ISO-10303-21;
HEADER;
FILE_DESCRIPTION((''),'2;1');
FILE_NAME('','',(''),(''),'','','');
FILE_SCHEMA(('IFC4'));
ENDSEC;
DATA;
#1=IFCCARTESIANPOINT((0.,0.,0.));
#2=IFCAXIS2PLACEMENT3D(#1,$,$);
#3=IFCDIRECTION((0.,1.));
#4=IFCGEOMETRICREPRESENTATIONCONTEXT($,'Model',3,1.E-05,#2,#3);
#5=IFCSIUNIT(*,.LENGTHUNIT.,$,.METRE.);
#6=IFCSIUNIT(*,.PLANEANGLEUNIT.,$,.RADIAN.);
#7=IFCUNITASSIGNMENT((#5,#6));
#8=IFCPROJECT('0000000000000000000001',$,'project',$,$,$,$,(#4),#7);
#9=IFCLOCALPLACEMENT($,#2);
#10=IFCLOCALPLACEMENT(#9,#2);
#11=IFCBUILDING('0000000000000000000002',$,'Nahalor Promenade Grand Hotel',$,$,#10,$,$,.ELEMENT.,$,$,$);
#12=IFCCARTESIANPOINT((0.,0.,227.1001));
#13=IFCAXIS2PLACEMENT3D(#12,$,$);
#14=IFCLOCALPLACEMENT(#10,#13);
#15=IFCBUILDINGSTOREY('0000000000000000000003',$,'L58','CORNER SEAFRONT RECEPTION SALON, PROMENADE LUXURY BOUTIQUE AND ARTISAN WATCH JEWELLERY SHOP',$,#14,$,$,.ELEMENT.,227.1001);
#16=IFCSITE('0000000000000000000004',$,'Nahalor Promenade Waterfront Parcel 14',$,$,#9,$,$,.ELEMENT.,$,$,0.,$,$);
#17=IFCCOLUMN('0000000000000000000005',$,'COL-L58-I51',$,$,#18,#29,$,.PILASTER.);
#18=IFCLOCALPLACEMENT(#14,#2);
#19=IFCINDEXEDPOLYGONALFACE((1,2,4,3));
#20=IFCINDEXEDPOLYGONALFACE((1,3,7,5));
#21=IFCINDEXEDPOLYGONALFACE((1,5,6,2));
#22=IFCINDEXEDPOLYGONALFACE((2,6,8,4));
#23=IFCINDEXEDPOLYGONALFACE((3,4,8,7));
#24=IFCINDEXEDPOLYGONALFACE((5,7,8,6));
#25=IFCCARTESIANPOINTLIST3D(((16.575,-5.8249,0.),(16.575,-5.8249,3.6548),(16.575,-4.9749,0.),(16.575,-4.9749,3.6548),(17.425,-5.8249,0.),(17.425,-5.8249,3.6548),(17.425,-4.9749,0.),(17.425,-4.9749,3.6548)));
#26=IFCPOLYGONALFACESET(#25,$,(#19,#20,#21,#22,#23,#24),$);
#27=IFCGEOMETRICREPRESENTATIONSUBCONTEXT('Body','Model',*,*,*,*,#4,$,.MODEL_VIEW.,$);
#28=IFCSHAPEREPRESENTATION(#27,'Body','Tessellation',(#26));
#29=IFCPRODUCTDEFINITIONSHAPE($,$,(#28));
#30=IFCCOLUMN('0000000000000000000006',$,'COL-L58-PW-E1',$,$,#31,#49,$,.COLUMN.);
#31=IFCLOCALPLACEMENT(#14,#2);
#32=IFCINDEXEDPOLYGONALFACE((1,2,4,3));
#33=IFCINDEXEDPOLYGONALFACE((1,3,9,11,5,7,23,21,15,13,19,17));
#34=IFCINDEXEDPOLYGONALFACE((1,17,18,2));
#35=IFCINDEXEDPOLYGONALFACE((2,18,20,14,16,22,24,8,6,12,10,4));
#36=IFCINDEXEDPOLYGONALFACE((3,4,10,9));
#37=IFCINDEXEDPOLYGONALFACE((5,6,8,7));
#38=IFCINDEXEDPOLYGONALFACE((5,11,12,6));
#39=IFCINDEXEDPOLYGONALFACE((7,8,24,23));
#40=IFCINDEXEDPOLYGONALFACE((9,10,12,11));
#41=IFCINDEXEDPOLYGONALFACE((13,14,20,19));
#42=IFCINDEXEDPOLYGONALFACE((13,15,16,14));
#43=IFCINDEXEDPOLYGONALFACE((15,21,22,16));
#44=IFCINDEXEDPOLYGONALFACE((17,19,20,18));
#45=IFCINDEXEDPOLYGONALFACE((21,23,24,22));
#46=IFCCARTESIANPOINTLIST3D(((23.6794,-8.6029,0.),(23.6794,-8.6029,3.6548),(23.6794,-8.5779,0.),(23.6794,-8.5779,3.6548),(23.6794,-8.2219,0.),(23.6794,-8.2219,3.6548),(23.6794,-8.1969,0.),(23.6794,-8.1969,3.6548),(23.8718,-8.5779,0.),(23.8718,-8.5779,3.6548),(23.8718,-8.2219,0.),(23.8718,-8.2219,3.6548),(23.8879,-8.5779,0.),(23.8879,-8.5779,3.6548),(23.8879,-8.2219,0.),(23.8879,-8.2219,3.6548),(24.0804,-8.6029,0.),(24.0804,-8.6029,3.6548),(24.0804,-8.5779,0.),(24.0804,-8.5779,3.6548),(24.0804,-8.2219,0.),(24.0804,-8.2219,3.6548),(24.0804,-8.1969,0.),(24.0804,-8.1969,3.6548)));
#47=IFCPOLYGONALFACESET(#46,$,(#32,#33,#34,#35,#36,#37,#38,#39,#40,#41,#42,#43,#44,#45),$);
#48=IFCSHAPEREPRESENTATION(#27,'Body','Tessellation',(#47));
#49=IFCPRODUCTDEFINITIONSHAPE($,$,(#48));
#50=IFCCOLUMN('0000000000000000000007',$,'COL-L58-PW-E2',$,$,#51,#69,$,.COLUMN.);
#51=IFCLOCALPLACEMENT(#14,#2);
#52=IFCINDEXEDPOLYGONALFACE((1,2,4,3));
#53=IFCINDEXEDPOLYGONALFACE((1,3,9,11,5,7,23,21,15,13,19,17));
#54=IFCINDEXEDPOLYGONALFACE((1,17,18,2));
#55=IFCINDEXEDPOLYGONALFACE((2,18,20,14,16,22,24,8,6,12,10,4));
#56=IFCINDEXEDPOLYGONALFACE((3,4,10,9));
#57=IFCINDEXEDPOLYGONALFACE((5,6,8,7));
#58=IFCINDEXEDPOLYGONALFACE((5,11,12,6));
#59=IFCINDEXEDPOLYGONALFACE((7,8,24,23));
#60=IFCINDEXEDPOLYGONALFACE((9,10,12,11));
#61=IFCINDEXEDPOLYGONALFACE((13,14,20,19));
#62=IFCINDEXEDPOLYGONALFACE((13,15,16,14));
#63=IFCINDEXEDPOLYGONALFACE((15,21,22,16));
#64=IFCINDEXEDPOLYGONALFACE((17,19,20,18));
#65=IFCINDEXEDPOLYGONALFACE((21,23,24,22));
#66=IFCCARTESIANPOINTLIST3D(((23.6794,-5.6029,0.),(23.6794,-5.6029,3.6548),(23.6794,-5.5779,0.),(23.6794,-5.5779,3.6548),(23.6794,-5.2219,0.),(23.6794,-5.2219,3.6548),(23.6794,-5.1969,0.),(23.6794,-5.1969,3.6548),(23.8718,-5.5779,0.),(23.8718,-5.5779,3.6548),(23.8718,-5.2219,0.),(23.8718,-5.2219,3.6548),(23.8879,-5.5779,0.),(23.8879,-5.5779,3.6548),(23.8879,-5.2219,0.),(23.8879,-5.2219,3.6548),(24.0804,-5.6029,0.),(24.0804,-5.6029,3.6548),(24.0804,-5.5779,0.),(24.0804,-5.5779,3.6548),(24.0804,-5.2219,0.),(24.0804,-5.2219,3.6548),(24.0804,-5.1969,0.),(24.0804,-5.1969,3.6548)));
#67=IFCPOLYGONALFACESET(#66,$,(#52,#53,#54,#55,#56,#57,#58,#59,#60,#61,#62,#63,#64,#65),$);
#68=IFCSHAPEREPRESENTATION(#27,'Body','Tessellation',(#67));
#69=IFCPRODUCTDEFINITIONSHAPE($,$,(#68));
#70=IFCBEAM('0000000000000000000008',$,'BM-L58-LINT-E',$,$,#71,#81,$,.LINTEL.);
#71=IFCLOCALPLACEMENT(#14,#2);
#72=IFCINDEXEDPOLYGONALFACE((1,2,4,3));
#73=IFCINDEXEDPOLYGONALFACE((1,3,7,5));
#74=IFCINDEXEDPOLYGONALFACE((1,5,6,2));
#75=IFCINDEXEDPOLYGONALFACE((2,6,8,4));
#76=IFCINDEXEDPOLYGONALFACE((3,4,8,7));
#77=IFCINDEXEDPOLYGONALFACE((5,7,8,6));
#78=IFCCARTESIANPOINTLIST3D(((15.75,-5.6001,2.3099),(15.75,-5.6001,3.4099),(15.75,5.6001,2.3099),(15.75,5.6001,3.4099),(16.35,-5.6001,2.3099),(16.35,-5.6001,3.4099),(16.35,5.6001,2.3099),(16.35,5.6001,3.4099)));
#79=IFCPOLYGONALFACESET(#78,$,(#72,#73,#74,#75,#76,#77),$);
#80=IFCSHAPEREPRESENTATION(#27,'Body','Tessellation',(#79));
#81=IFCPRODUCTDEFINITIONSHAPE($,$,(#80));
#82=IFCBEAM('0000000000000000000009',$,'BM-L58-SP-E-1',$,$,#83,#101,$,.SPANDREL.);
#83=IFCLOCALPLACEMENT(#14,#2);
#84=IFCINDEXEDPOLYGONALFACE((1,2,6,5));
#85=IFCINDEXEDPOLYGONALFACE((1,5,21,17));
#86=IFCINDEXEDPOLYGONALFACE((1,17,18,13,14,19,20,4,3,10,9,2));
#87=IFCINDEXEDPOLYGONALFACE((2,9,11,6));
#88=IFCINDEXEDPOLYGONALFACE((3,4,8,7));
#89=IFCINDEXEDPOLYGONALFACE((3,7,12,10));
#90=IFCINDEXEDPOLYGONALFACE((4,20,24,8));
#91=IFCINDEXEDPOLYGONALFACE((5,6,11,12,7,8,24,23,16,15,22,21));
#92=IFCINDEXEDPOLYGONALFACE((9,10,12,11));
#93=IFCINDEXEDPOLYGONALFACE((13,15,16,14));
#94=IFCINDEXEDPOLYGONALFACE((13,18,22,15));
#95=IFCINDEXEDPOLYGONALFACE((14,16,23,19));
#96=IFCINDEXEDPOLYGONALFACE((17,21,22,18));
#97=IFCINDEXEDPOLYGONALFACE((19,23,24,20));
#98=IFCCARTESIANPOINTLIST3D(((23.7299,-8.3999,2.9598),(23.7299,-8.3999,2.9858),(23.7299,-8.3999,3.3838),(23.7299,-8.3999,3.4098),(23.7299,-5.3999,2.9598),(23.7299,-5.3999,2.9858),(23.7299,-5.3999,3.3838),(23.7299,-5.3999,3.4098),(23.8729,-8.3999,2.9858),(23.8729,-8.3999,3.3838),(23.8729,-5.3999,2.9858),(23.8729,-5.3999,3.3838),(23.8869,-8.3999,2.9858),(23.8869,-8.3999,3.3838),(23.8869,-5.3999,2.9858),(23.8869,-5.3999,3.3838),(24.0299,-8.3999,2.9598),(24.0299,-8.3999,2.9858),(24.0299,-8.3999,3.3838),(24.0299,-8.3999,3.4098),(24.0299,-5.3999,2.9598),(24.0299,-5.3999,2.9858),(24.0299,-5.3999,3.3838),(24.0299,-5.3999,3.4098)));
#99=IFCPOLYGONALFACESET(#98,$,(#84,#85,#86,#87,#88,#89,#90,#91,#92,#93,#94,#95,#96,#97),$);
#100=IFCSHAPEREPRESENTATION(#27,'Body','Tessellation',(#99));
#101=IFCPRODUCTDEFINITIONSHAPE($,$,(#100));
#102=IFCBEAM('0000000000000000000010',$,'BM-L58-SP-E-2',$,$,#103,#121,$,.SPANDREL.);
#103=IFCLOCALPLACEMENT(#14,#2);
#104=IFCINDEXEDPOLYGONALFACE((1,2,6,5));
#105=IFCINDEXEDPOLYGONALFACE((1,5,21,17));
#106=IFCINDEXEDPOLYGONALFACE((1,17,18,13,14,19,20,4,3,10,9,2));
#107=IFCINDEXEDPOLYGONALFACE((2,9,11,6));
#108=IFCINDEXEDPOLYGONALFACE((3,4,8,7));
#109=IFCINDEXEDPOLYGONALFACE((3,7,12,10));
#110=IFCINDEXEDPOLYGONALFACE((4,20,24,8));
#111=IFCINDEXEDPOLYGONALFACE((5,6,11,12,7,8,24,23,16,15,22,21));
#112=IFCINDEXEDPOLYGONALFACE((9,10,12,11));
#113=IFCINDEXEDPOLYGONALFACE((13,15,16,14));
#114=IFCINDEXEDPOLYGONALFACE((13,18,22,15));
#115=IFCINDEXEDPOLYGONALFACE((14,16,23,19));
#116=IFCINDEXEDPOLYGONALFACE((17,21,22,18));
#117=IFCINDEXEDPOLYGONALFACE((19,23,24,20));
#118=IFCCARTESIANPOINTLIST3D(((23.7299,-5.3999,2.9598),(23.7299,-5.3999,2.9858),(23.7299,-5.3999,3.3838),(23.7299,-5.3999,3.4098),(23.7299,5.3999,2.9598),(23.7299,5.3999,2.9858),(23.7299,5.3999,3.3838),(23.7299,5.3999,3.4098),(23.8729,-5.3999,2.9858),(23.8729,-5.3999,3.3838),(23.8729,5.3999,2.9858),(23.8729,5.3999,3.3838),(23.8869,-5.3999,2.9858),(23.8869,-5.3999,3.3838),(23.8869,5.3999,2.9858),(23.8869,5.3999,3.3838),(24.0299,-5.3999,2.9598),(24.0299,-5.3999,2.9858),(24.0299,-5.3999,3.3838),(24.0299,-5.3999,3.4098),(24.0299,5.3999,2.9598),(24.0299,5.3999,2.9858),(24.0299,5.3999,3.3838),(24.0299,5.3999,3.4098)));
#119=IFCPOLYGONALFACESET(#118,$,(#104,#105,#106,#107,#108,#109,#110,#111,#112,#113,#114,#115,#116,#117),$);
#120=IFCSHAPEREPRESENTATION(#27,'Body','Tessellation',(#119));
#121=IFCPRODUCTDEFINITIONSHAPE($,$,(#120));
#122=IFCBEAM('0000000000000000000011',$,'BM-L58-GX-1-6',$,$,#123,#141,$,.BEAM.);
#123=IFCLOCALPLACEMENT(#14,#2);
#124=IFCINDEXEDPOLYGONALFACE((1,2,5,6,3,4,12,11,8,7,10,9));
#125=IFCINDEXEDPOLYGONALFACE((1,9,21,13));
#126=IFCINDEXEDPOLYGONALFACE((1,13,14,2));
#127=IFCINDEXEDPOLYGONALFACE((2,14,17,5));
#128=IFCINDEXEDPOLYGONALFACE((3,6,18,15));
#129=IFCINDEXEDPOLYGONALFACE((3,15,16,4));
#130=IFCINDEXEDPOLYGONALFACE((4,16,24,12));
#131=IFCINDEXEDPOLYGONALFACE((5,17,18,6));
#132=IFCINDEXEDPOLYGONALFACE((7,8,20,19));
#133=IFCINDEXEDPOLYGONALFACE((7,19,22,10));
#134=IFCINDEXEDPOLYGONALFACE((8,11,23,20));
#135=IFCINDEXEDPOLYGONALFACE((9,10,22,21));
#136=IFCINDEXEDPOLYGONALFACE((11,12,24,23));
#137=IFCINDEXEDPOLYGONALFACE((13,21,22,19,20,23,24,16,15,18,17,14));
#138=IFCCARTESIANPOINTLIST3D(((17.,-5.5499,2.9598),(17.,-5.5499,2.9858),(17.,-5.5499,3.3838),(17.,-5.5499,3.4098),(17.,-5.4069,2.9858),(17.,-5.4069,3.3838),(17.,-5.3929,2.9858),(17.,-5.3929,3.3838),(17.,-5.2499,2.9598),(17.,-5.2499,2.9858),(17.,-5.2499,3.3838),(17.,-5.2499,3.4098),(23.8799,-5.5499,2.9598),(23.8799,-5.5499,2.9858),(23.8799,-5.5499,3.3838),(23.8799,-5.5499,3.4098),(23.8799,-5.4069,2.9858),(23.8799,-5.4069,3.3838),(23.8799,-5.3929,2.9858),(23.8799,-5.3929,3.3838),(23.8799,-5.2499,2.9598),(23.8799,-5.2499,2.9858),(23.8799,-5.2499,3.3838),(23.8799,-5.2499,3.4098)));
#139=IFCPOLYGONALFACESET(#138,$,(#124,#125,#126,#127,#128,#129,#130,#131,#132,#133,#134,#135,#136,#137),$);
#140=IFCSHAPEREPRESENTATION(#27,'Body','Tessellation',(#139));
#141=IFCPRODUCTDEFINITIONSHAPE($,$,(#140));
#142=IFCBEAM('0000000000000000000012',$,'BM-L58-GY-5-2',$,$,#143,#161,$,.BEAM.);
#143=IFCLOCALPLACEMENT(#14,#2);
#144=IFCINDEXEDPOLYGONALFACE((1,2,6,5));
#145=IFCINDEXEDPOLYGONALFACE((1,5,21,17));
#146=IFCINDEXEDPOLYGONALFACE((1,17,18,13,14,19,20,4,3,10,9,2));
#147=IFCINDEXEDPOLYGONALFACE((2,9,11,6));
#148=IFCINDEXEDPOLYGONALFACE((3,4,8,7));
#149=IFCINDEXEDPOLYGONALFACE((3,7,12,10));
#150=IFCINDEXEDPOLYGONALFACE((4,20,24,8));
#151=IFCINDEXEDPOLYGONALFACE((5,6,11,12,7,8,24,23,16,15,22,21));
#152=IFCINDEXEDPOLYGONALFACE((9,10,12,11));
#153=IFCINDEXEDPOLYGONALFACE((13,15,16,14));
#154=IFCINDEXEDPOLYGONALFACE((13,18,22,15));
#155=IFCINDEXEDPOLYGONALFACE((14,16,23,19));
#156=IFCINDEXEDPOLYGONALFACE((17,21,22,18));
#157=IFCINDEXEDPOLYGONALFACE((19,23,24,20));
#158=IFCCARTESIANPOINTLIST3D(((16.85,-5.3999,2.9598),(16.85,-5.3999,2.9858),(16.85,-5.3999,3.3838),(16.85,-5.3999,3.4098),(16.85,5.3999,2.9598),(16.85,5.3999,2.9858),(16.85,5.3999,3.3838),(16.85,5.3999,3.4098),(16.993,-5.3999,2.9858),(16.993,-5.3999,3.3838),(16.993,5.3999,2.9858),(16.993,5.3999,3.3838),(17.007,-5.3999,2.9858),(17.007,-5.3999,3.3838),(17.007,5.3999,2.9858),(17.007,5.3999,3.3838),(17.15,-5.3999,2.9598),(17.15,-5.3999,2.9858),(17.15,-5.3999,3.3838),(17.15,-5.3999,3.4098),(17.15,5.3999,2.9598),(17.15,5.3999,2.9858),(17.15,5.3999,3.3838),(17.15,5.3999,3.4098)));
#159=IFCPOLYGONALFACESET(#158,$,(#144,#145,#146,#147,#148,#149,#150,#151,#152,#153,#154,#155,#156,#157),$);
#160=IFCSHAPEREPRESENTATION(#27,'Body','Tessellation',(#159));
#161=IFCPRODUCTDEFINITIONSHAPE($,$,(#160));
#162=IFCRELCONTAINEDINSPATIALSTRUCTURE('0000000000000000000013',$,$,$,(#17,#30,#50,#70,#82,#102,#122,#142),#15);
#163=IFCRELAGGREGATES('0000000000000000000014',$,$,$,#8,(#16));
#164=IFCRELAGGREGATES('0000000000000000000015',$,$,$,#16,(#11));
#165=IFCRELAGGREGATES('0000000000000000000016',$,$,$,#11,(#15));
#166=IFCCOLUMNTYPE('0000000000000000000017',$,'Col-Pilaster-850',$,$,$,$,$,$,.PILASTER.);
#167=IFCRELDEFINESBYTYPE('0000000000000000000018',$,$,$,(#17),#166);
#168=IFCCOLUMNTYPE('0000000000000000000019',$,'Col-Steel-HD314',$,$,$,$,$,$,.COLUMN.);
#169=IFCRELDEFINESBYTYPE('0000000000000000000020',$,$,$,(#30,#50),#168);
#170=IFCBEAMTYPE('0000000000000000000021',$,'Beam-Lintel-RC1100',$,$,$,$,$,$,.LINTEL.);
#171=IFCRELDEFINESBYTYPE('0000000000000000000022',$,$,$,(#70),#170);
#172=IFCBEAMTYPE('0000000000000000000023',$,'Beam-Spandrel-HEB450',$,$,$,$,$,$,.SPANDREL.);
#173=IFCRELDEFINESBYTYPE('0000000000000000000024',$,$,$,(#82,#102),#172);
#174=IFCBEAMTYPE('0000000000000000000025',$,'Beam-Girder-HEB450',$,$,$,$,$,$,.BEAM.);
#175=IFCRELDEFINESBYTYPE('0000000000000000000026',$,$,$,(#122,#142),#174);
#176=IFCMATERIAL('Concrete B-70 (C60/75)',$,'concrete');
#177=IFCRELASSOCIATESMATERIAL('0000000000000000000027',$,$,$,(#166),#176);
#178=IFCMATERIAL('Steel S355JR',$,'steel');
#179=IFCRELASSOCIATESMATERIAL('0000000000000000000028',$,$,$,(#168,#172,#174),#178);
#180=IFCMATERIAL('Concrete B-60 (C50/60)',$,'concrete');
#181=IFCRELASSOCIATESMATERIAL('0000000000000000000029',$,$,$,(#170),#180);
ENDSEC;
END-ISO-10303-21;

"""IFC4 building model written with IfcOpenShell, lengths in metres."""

from ifc_helpers import new_model, si_unit, direction, frame, origin, origin_2d, place, context, subcontext, project, spatial, rectangle, i_section, extrude, source, transform, mapped, material, material_profile, profile_set, type_object, element, save


model = new_model("IFC4")

# Units and contexts
model_context = context("Model", 3, precision=1e-05, world=origin(), true_north=direction((0.0, 1.0)))
body_context = subcontext(model_context, "Body", "Model", "MODEL_VIEW")
ifc_project = project(units=[si_unit("LENGTHUNIT", "METRE"), si_unit("PLANEANGLEUNIT", "RADIAN")], contexts=[model_context])

# Site, building, storey
site_placement = place(None, origin())
site = spatial("IfcSite", under=ifc_project, at=site_placement, Name="Nahalor Promenade Waterfront Parcel 14", CompositionType="ELEMENT", RefElevation=0.0)
building_placement = place(site_placement, origin())
building = spatial("IfcBuilding", under=site, at=building_placement, Name="Nahalor Promenade Grand Hotel", CompositionType="ELEMENT")
storey_placement = place(building_placement, frame((0.0, 0.0, 227.1001)))
storey = spatial("IfcBuildingStorey", under=building, at=storey_placement, Name="L58", Description="CORNER SEAFRONT RECEPTION SALON, PROMENADE LUXURY BOUTIQUE AND ARTISAN WATCH JEWELLERY SHOP", CompositionType="ELEMENT", Elevation=227.1001)

# Columns
ifc_material_1 = material(Name="Concrete B-70 (C60/75)", Category="concrete")
ifc_material_profile_1 = material_profile(ifc_material_1, rectangle(XDim=0.85, YDim=0.85, at=origin_2d()), Name="RC 850x850")
ifc_profile_set_1 = profile_set([ifc_material_profile_1], Name="Concrete B-70 (C60/75)")
column_type_1 = type_object("IfcColumnType", Name="Col-Pilaster-850", PredefinedType="PILASTER", material=ifc_profile_set_1)
shared_shape_1 = source(origin(), body_context, "Body", "SweptSolid", [
    extrude(rectangle(XDim=0.85, YDim=0.85, at=origin_2d()), origin(), (0.0, 0.0, 1.0), 3.6548),
])
column_placement = place(storey_placement, frame((17.0, -5.3999, 0.0), z_axis=(0.0, 0.0, 1.0), x_axis=(1.0, 0.0, 0.0)))
element("IfcColumn", 1, at=column_placement, inside=storey, type_object=column_type_1, Name="COL-L58-I51", PredefinedType="PILASTER", context=body_context, shape_type="MappedRepresentation", body=[
    mapped(shared_shape_1, transform((0.0, 0.0, 0.0), scale=1.0)),
])
ifc_material_2 = material(Name="Steel S355JR", Category="steel")
ifc_material_profile_2 = material_profile(ifc_material_2, i_section(OverallWidth=0.401, OverallDepth=0.406, WebThickness=0.0161, FlangeThickness=0.025, at=origin_2d()), Name="HD 400x314")
ifc_profile_set_2 = profile_set([ifc_material_profile_2], Name="Steel S355JR")
column_type_2 = type_object("IfcColumnType", Name="Col-Steel-HD314", PredefinedType="COLUMN", material=ifc_profile_set_2)
shared_shape_2 = source(origin(), body_context, "Body", "SweptSolid", [
    extrude(i_section(OverallWidth=0.401, OverallDepth=0.406, WebThickness=0.0161, FlangeThickness=0.025, at=origin_2d()), origin(), (0.0, 0.0, 1.0), 3.6548),
])
for number, where, z_axis, x_axis, name in (
    (2, (23.8799, -8.3999, 0.0), (0.0, 0.0, 1.0), (1.0, 0.0, 0.0), "COL-L58-PW-E1"),
    (3, (23.8799, -5.3999, 0.0), (0.0, 0.0, 1.0), (1.0, 0.0, 0.0), "COL-L58-PW-E2"),
):
    element("IfcColumn", number, at=place(storey_placement, frame(where, z_axis=z_axis, x_axis=x_axis)), inside=storey, type_object=column_type_2, Name=name, PredefinedType="COLUMN", context=body_context, shape_type="MappedRepresentation", body=[
        mapped(shared_shape_2, transform((0.0, 0.0, 0.0), scale=1.0)),
    ])

# Beams
ifc_material_3 = material(Name="Concrete B-60 (C50/60)", Category="concrete")
ifc_material_profile_3 = material_profile(ifc_material_3, rectangle(XDim=0.6, YDim=1.1, at=origin_2d()), Name="RC 600x1100")
ifc_profile_set_3 = profile_set([ifc_material_profile_3], Name="Concrete B-60 (C50/60)")
beam_type_1 = type_object("IfcBeamType", Name="Beam-Lintel-RC1100", PredefinedType="LINTEL", material=ifc_profile_set_3)
shared_shape_3 = source(origin(), body_context, "Body", "SweptSolid", [
    extrude(rectangle(XDim=0.6, YDim=1.1, at=origin_2d()), origin(), (0.0, 0.0, 1.0), 11.2002),
])
beam_1_placement = place(storey_placement, frame((16.05, -5.6001, 2.8599), z_axis=(0.0, 1.0, 0.0), x_axis=(-1.0, 0.0, 0.0)))
element("IfcBeam", 4, at=beam_1_placement, inside=storey, type_object=beam_type_1, Name="BM-L58-LINT-E", PredefinedType="LINTEL", context=body_context, shape_type="MappedRepresentation", body=[
    mapped(shared_shape_3, transform((0.0, 0.0, 0.0), scale=1.0)),
])
ifc_material_profile_4 = material_profile(ifc_material_2, i_section(OverallWidth=0.3, OverallDepth=0.45, WebThickness=0.014, FlangeThickness=0.026, at=origin_2d()), Name="HEB 450")
ifc_profile_set_4 = profile_set([ifc_material_profile_4], Name="Steel S355JR")
beam_type_2 = type_object("IfcBeamType", Name="Beam-Spandrel-HEB450", PredefinedType="SPANDREL", material=ifc_profile_set_4)
shared_shape_4 = source(origin(), body_context, "Body", "SweptSolid", [
    extrude(i_section(OverallWidth=0.3, OverallDepth=0.45, WebThickness=0.014, FlangeThickness=0.026, at=origin_2d()), origin(), (0.0, 0.0, 1.0), 3.0),
])
beam_2_placement = place(storey_placement, frame((23.8799, -8.3999, 3.1848), z_axis=(0.0, 1.0, 0.0), x_axis=(-1.0, 0.0, 0.0)))
element("IfcBeam", 5, at=beam_2_placement, inside=storey, type_object=beam_type_2, Name="BM-L58-SP-E-1", PredefinedType="SPANDREL", context=body_context, shape_type="MappedRepresentation", body=[
    mapped(shared_shape_4, transform((0.0, 0.0, 0.0), scale=1.0)),
])
shared_shape_5 = source(origin(), body_context, "Body", "SweptSolid", [
    extrude(i_section(OverallWidth=0.3, OverallDepth=0.45, WebThickness=0.014, FlangeThickness=0.026, at=origin_2d()), origin(), (0.0, 0.0, 1.0), 10.7998),
])
beam_3_placement = place(storey_placement, frame((23.8799, -5.3999, 3.1848), z_axis=(0.0, 1.0, 0.0), x_axis=(-1.0, 0.0, 0.0)))
element("IfcBeam", 6, at=beam_3_placement, inside=storey, type_object=beam_type_2, Name="BM-L58-SP-E-2", PredefinedType="SPANDREL", context=body_context, shape_type="MappedRepresentation", body=[
    mapped(shared_shape_5, transform((0.0, 0.0, 0.0), scale=1.0)),
])
ifc_material_profile_5 = material_profile(ifc_material_2, i_section(OverallWidth=0.3, OverallDepth=0.45, WebThickness=0.014, FlangeThickness=0.026, at=origin_2d()), Name="HEB 450")
ifc_profile_set_5 = profile_set([ifc_material_profile_5], Name="Steel S355JR")
beam_type_3 = type_object("IfcBeamType", Name="Beam-Girder-HEB450", PredefinedType="BEAM", material=ifc_profile_set_5)
shared_shape_6 = source(origin(), body_context, "Body", "SweptSolid", [
    extrude(i_section(OverallWidth=0.3, OverallDepth=0.45, WebThickness=0.014, FlangeThickness=0.026, at=origin_2d()), origin(), (0.0, 0.0, 1.0), 6.8799),
])
beam_4_placement = place(storey_placement, frame((17.0, -5.3999, 3.1848), z_axis=(1.0, 0.0, 0.0), x_axis=(0.0, 1.0, 0.0)))
element("IfcBeam", 7, at=beam_4_placement, inside=storey, type_object=beam_type_3, Name="BM-L58-GX-1-6", PredefinedType="BEAM", context=body_context, shape_type="MappedRepresentation", body=[
    mapped(shared_shape_6, transform((0.0, 0.0, 0.0), scale=1.0)),
])
shared_shape_7 = source(origin(), body_context, "Body", "SweptSolid", [
    extrude(i_section(OverallWidth=0.3, OverallDepth=0.45, WebThickness=0.014, FlangeThickness=0.026, at=origin_2d()), origin(), (0.0, 0.0, 1.0), 10.7998),
])
beam_5_placement = place(storey_placement, frame((17.0, -5.3999, 3.1848), z_axis=(0.0, 1.0, 0.0), x_axis=(-1.0, 0.0, 0.0)))
element("IfcBeam", 8, at=beam_5_placement, inside=storey, type_object=beam_type_3, Name="BM-L58-GY-5-2", PredefinedType="BEAM", context=body_context, shape_type="MappedRepresentation", body=[
    mapped(shared_shape_7, transform((0.0, 0.0, 0.0), scale=1.0)),
])

save(model, "model.ifc")
